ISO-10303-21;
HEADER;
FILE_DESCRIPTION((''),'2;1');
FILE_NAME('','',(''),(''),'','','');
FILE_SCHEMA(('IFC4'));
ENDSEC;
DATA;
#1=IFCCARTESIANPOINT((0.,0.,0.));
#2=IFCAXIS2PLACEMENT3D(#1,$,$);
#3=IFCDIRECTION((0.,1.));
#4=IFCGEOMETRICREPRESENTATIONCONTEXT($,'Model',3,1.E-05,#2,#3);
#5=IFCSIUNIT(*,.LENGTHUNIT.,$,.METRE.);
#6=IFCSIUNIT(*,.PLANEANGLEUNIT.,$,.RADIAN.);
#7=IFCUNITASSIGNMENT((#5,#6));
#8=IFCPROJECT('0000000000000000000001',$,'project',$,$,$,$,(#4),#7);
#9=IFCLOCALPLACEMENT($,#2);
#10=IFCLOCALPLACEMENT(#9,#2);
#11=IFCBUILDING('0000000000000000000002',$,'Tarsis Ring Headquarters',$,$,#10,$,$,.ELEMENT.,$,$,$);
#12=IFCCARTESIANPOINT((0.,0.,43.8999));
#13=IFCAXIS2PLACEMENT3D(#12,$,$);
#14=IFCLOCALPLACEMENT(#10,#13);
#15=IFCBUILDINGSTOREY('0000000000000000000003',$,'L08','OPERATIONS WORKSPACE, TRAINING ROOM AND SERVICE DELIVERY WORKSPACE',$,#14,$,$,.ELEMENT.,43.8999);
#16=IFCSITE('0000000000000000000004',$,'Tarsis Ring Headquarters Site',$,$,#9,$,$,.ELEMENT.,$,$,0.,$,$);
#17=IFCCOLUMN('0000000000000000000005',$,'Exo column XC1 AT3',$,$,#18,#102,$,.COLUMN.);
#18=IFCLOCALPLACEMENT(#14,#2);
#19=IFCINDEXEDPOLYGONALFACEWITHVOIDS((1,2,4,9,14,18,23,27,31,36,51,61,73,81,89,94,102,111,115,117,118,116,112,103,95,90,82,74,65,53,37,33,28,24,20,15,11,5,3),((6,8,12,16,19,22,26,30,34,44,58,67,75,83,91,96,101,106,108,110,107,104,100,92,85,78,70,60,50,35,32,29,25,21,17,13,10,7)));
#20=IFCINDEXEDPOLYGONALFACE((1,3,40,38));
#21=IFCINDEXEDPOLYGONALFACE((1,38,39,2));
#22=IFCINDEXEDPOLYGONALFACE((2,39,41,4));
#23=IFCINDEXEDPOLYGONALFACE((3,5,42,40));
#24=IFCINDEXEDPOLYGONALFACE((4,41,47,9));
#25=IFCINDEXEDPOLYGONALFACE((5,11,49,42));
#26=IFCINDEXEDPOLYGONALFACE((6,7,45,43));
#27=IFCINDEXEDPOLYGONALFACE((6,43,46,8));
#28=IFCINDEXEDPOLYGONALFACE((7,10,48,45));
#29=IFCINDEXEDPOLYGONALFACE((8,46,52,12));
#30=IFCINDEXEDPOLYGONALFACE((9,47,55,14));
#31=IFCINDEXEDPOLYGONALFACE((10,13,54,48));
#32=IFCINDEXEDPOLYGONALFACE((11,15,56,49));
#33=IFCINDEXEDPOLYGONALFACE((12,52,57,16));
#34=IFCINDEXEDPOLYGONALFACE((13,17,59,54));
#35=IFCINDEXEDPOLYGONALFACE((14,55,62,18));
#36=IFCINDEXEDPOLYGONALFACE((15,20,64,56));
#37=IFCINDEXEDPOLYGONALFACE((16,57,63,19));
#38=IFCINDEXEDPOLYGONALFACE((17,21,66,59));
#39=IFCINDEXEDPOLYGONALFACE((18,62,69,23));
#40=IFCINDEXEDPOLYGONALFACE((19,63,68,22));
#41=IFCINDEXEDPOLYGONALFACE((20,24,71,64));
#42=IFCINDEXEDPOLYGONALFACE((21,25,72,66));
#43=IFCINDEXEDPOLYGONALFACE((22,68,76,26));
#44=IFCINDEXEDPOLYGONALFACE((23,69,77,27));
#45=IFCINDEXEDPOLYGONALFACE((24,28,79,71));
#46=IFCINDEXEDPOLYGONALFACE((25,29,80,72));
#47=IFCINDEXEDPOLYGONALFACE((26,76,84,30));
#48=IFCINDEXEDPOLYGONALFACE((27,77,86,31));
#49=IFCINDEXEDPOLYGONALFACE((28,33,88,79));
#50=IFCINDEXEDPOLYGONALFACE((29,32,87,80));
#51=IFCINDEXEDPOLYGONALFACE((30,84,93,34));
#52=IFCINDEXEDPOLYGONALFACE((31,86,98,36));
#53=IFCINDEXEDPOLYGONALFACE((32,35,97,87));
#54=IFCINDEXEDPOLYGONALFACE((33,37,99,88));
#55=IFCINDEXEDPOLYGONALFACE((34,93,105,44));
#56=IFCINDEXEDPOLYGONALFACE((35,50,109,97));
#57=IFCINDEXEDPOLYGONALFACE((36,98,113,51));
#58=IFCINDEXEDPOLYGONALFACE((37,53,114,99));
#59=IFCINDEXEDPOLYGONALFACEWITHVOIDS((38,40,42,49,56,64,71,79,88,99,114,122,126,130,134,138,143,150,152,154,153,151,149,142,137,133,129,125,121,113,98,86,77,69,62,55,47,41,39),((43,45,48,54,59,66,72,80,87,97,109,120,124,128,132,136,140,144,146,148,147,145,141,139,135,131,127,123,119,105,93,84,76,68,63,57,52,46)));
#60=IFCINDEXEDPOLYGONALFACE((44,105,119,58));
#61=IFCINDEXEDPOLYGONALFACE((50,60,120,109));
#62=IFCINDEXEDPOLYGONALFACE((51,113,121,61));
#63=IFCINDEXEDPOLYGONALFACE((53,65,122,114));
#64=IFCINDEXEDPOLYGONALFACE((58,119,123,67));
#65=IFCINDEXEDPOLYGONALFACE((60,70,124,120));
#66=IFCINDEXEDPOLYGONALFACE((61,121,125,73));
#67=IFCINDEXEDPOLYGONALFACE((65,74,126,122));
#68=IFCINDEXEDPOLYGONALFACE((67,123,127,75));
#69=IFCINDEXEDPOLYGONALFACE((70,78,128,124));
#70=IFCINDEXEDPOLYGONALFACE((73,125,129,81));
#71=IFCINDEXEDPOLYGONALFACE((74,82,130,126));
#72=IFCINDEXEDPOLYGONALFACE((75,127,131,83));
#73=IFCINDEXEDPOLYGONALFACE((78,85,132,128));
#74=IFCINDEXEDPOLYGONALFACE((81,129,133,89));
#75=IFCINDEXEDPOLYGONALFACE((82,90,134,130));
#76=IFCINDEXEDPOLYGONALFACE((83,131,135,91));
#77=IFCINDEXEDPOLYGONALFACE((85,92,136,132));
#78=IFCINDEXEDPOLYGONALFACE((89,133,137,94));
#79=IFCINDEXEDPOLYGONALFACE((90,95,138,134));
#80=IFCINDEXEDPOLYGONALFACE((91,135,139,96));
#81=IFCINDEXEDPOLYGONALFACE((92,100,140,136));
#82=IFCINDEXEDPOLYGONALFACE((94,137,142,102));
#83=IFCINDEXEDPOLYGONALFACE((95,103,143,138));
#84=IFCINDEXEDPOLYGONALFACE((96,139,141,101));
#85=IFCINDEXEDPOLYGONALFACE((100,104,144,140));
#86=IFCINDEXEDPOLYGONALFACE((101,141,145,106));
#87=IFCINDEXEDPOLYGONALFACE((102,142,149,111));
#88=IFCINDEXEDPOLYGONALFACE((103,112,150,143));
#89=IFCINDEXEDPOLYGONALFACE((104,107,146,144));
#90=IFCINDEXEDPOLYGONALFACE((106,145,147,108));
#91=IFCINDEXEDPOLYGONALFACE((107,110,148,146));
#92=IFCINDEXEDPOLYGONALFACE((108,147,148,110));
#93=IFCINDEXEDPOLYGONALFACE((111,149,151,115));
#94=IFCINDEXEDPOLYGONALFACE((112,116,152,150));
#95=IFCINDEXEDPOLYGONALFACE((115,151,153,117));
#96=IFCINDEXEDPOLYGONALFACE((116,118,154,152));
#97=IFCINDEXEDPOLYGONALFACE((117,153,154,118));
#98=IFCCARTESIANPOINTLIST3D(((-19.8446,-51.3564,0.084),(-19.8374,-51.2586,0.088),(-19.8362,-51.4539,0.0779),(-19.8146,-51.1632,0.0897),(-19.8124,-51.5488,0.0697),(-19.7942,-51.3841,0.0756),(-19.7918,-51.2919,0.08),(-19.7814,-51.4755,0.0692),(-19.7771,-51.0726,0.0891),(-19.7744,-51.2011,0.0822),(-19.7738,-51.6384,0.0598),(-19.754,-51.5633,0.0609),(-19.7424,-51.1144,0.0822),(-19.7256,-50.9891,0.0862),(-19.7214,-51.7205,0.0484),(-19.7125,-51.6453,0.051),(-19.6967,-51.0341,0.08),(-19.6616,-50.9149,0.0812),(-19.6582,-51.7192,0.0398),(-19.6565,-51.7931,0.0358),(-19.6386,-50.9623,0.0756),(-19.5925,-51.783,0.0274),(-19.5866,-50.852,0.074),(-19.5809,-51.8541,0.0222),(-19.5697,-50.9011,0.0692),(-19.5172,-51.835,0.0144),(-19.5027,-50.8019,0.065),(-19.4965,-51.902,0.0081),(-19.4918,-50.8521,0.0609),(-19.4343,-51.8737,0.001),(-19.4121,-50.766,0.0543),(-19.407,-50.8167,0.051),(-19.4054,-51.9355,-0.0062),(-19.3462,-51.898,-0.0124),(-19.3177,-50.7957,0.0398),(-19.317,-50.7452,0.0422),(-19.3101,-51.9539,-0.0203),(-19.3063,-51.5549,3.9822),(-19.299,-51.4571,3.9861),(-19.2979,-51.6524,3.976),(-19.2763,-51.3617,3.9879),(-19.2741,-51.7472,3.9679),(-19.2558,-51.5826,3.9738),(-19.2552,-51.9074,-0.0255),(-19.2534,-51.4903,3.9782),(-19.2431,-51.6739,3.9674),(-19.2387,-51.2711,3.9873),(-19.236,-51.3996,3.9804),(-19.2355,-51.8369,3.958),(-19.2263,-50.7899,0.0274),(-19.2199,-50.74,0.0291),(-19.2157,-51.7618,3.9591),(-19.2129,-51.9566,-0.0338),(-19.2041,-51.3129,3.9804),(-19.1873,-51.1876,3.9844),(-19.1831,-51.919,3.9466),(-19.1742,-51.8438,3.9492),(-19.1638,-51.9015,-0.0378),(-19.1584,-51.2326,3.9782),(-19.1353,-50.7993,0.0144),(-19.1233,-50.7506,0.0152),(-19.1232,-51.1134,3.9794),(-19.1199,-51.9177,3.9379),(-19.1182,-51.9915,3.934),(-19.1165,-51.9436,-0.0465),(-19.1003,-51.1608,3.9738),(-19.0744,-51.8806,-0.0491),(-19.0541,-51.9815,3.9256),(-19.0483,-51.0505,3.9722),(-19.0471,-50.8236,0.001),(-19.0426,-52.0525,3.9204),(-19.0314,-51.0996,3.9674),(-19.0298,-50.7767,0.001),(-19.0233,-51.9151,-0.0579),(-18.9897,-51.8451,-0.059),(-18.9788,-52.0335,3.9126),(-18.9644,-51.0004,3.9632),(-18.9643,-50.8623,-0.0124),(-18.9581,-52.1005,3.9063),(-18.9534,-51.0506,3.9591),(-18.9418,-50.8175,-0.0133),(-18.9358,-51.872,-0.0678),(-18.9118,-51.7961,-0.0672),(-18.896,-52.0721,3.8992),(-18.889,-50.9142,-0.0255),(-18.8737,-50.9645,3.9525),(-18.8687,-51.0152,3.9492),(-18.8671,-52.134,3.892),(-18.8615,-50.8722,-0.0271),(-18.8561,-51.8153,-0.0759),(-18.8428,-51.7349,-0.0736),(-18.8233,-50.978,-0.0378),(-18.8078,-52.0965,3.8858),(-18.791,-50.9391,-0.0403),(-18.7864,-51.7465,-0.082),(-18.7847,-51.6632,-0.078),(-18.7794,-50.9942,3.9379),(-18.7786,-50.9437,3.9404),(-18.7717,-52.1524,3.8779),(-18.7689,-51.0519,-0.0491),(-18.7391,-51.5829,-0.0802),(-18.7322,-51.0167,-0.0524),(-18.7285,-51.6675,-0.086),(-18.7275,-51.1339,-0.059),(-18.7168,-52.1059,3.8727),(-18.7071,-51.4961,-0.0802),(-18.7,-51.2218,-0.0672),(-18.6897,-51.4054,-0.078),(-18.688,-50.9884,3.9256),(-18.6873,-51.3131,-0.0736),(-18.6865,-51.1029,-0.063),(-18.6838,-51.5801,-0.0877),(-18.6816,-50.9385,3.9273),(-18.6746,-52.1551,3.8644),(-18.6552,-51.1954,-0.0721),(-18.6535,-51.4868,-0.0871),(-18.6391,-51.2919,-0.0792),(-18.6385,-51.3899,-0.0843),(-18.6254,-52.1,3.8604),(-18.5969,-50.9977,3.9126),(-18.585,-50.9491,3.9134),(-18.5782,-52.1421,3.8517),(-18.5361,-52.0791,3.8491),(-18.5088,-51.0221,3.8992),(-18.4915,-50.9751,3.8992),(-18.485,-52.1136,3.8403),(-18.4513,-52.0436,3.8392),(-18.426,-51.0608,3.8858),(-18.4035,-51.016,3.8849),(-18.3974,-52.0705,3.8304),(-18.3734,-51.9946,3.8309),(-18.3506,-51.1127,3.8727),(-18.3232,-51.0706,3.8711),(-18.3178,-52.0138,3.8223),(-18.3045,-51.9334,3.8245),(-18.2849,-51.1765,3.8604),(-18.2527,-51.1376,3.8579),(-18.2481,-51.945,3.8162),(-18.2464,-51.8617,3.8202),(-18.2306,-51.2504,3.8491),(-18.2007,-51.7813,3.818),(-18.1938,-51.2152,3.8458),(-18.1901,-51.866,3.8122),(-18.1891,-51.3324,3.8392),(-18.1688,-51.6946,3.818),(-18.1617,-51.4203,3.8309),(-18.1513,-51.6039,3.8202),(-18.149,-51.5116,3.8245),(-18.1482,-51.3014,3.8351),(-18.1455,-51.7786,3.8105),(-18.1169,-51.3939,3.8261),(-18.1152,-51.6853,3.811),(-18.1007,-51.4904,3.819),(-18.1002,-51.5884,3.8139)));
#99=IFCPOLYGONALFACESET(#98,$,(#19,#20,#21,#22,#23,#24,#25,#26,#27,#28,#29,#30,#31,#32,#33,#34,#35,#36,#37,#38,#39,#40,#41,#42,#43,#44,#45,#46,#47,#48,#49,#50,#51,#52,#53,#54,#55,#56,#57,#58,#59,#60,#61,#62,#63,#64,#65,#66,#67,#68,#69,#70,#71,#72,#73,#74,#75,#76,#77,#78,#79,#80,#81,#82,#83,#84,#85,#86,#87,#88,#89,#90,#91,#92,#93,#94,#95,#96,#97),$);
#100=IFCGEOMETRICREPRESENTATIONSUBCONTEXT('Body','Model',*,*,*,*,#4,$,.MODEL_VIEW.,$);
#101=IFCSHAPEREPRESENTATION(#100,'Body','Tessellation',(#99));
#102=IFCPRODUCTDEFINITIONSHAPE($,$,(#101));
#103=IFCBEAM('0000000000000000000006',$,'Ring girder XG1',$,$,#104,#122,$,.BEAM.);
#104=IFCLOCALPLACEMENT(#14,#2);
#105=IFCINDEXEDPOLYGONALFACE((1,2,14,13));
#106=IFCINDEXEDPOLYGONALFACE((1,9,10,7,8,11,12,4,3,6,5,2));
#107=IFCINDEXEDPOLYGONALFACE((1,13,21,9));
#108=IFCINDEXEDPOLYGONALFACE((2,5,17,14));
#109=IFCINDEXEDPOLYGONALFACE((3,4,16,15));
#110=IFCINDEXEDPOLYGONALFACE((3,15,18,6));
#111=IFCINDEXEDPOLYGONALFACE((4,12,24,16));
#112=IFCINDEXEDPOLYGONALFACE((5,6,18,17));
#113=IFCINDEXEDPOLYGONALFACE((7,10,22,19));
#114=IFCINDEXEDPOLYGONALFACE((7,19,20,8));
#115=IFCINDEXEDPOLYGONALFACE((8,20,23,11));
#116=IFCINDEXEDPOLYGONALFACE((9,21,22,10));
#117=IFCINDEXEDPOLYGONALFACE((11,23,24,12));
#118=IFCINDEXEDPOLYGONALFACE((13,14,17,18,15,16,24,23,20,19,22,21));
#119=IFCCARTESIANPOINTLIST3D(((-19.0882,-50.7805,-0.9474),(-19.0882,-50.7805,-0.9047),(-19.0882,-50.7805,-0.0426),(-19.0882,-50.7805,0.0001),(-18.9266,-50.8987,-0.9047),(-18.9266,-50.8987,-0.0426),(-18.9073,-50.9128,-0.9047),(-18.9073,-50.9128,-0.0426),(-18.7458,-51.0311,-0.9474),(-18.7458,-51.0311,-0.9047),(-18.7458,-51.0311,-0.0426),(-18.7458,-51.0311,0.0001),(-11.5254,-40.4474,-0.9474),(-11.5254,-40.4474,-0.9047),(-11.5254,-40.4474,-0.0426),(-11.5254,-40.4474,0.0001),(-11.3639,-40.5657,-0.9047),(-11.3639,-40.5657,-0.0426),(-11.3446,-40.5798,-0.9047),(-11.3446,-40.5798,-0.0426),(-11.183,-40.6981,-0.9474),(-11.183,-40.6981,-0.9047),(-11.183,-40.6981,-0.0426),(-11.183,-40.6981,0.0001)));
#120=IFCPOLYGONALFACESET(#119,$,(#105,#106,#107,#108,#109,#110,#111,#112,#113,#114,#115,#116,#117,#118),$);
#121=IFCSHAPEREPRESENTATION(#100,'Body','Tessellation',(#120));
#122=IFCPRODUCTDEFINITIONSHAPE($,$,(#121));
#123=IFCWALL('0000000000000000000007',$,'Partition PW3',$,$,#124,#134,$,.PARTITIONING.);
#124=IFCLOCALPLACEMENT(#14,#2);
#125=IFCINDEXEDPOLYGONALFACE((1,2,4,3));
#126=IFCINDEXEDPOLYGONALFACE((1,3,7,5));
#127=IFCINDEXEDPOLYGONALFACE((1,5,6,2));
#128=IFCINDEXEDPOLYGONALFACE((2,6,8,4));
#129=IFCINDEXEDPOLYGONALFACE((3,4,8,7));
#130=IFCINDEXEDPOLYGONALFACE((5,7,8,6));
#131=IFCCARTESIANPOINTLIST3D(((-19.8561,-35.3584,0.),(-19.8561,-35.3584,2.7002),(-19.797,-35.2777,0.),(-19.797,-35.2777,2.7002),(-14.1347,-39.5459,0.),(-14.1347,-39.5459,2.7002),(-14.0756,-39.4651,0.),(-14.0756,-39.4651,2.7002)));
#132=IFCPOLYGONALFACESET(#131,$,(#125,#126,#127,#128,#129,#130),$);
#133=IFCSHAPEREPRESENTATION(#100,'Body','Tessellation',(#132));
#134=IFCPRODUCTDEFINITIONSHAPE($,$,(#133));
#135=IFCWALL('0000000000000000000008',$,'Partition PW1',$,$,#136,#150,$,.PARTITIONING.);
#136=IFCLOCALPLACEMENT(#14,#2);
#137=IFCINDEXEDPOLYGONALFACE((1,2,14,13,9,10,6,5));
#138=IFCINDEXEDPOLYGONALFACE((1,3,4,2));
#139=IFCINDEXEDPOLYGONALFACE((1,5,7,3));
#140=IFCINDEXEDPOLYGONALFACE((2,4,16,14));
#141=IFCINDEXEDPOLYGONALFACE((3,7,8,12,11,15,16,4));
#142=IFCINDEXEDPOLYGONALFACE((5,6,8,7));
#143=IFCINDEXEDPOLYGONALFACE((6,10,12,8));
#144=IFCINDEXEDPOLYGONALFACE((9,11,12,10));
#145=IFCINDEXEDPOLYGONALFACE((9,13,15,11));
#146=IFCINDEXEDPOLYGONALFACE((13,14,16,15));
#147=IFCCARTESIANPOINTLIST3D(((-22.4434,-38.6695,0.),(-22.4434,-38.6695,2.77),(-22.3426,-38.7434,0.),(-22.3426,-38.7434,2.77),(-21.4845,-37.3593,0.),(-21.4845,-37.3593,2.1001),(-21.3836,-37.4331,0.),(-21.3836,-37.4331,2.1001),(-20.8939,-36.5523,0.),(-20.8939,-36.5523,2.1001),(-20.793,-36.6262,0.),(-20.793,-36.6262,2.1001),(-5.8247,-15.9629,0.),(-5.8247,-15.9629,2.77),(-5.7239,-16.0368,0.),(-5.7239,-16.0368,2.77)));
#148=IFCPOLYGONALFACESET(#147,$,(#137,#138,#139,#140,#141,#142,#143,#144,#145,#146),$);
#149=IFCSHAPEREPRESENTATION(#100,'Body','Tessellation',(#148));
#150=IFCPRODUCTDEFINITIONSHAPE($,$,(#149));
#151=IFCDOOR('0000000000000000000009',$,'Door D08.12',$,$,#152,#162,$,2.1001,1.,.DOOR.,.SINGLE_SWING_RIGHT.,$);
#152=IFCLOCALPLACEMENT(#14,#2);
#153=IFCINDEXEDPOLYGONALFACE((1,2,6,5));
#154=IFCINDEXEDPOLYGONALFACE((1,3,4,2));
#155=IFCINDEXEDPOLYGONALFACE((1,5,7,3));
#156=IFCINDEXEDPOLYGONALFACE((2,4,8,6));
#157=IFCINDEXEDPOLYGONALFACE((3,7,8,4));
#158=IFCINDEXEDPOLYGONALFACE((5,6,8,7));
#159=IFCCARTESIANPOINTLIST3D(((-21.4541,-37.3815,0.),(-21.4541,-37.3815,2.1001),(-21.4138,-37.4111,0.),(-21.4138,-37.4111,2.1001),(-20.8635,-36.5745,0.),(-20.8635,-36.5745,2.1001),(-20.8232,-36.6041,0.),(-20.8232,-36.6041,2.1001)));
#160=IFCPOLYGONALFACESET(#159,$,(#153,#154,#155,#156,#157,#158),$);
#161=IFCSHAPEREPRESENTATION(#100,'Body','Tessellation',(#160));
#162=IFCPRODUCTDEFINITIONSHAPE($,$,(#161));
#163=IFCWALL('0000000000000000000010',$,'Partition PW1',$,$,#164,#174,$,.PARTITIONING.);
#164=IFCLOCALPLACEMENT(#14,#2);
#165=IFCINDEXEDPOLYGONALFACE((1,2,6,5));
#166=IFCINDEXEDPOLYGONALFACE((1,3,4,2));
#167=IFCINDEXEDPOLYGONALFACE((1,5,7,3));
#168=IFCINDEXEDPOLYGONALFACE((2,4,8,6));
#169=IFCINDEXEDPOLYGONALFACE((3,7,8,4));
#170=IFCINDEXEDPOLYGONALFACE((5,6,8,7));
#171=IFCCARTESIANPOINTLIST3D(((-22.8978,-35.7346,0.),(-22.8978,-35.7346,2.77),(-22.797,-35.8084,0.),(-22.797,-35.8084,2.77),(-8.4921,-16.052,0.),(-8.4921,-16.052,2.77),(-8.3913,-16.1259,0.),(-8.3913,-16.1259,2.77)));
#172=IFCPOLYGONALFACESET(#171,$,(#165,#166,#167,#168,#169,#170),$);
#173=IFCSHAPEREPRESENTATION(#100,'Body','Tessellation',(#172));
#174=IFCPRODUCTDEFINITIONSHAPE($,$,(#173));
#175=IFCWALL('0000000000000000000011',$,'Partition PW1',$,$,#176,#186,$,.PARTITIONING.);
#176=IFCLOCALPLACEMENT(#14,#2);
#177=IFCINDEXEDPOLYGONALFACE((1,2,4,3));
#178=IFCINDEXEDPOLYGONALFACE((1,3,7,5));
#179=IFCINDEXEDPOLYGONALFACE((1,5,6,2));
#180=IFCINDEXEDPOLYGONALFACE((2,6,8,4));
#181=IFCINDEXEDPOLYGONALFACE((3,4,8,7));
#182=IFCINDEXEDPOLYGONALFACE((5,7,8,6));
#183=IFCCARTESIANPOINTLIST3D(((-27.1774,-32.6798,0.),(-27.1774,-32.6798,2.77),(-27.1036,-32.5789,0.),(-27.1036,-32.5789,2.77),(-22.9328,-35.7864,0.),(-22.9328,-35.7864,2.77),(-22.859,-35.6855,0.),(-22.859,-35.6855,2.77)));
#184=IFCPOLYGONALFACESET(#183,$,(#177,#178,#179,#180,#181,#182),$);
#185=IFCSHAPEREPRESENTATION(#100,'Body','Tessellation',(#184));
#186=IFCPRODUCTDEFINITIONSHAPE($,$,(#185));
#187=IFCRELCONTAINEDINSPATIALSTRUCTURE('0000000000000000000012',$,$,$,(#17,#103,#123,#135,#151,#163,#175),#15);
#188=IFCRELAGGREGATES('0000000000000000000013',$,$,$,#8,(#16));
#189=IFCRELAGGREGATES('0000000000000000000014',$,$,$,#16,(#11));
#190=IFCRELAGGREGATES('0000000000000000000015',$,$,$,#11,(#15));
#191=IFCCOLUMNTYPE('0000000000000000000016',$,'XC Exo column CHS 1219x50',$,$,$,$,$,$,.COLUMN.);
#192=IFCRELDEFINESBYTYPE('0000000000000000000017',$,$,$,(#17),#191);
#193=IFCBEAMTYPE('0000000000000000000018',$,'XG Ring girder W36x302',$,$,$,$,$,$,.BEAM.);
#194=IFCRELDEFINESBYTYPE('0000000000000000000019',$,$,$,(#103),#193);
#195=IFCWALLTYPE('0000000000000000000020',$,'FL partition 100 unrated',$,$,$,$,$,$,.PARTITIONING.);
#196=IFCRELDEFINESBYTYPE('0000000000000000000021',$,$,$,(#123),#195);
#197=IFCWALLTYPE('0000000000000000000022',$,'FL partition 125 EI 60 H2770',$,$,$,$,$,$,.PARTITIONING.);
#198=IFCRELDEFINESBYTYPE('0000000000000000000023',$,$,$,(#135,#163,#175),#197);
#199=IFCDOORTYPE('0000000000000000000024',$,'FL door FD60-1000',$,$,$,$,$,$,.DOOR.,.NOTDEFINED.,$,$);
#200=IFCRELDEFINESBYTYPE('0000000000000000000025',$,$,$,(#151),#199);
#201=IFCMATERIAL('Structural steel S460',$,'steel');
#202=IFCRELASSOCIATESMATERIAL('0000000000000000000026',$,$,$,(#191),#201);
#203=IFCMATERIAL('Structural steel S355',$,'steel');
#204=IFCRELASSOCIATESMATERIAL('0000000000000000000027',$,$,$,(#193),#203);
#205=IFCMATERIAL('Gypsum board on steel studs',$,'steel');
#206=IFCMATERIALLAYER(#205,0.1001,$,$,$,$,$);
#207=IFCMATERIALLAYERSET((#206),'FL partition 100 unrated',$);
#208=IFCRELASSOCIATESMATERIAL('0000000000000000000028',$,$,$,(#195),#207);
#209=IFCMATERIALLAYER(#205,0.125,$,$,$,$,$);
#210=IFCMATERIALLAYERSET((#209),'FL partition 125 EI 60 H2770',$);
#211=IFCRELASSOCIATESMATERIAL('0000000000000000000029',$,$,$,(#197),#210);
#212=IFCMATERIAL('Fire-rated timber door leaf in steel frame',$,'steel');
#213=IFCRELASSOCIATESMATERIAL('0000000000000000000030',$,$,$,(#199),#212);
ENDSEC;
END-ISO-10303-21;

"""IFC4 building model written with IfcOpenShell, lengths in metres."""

from ifc_helpers import new_model, si_unit, direction, frame, frame_2d, origin, origin_2d, place, context, subcontext, project, spatial, rectangle, hollow_circle, i_section, extrude, material, layer, layer_set, material_profile, profile_set, type_object, element, fill, save


model = new_model("IFC4")

# Units and contexts
model_context = context("Model", 3, precision=1e-05, world=origin(), true_north=direction((0.0, 1.0)))
body_context = subcontext(model_context, "Body", "Model", "MODEL_VIEW")
ifc_project = project(units=[si_unit("LENGTHUNIT", "METRE"), si_unit("PLANEANGLEUNIT", "RADIAN")], contexts=[model_context])

# Site, building, storey
site_placement = place(None, origin())
site = spatial("IfcSite", under=ifc_project, at=site_placement, Name="Tarsis Ring Headquarters Site", CompositionType="ELEMENT", RefElevation=0.0)
building_placement = place(site_placement, origin())
building = spatial("IfcBuilding", under=site, at=building_placement, Name="Tarsis Ring Headquarters", CompositionType="ELEMENT")
storey_placement = place(building_placement, frame((0.0, 0.0, 43.8999)))
storey = spatial("IfcBuildingStorey", under=building, at=storey_placement, Name="L08", Description="OPERATIONS WORKSPACE, TRAINING ROOM AND SERVICE DELIVERY WORKSPACE", CompositionType="ELEMENT", Elevation=43.8999)

# Column
ifc_material_1 = material(Name="Structural steel S460", Category="steel")
ifc_material_profile_1 = material_profile(ifc_material_1, hollow_circle(Radius=0.6096, WallThickness=0.05, at=origin_2d()), Name="CHS 1219x50")
ifc_profile_set_1 = profile_set([ifc_material_profile_1], Name="Structural steel S460")
column_type = type_object("IfcColumnType", Name="XC Exo column CHS 1219x50", PredefinedType="COLUMN", material=ifc_profile_set_1)
column_placement = place(storey_placement, frame((-19.2407, -51.3486, 0.001), z_axis=(0.136625, -0.050375, 0.989341), x_axis=(0.345942, 0.938256, 0.0)))
element("IfcColumn", 1, at=column_placement, inside=storey, type_object=column_type, Name="Exo column XC1 AT3", PredefinedType="COLUMN", context=body_context, shape_type="SweptSolid", body=[
    extrude(hollow_circle(Radius=0.6096, WallThickness=0.05, at=origin_2d()), origin(), (0.0, 0.0, 1.0), 3.9402),
])

# Beam
ifc_material_2 = material(Name="Structural steel S355", Category="steel")
ifc_material_profile_2 = material_profile(ifc_material_2, i_section(OverallWidth=0.4243, OverallDepth=0.9475, WebThickness=0.0239, FlangeThickness=0.0427, at=origin_2d()), Name="W36x302")
ifc_profile_set_2 = profile_set([ifc_material_profile_2], Name="Structural steel S355")
beam_type = type_object("IfcBeamType", Name="XG Ring girder W36x302", PredefinedType="BEAM", material=ifc_profile_set_2)
beam_placement = place(storey_placement, frame((-18.917, -50.9058, -0.4736), z_axis=(0.590612, 0.806956, 0.0), x_axis=(-0.806956, 0.590612, 0.0)))
element("IfcBeam", 2, at=beam_placement, inside=storey, type_object=beam_type, Name="Ring girder XG1", PredefinedType="BEAM", context=body_context, shape_type="SweptSolid", body=[
    extrude(i_section(OverallWidth=0.4243, OverallDepth=0.9475, WebThickness=0.0239, FlangeThickness=0.0427, at=origin_2d()), origin(), (0.0, 0.0, 1.0), 12.8049),
])

# Wall
ifc_material_3 = material(Name="Gypsum board on steel studs", Category="steel")
ifc_layer_1 = layer(ifc_material_3, 0.1001)
ifc_layer_set_1 = layer_set([ifc_layer_1], Name="FL partition 100 unrated")
wall_type_1 = type_object("IfcWallType", Name="FL partition 100 unrated", PredefinedType="PARTITIONING", material=ifc_layer_set_1)
wall_1_placement = place(storey_placement, frame((-19.8264, -35.3181, 0.0), z_axis=(0.0, 0.0, 1.0), x_axis=(0.806957, -0.59061, 0.0)))
element("IfcWall", 3, at=wall_1_placement, inside=storey, type_object=wall_type_1, Name="Partition PW3", PredefinedType="PARTITIONING", context=body_context, shape_type="SweptSolid", body=[
    extrude(rectangle(XDim=7.0901, YDim=0.1001, at=frame_2d((3.5449, 0.0))), origin(), (0.0, 0.0, 1.0), 2.7002),
])

# Wall, opening, door
ifc_layer_2 = layer(ifc_material_3, 0.125)
ifc_layer_set_2 = layer_set([ifc_layer_2], Name="FL partition 125 EI 60 H2770")
wall_type_2 = type_object("IfcWallType", Name="FL partition 125 EI 60 H2770", PredefinedType="PARTITIONING", material=ifc_layer_set_2)
wall_2_placement = place(storey_placement, frame((-22.3931, -38.7065, 0.0), z_axis=(0.0, 0.0, 1.0), x_axis=(0.590605, 0.806961, 0.0)))
wall_2 = element("IfcWall", 4, at=wall_2_placement, inside=storey, type_object=wall_type_2, Name="Partition PW1", PredefinedType="PARTITIONING", context=body_context, shape_type="SweptSolid", body=[
    extrude(rectangle(XDim=28.1384, YDim=0.125, at=frame_2d((14.0693, 0.0))), origin(), (0.0, 0.0, 1.0), 2.77),
])
opening_1_placement = place(wall_2_placement, frame((1.6238, 0.0, 0.0)))
opening_1 = element("IfcOpeningElement", 5, at=opening_1_placement, cuts=wall_2, PredefinedType="OPENING", context=body_context, shape_type="SweptSolid", body=[
    extrude(rectangle(XDim=1.0, YDim=2.1001, at=frame_2d((0.5, 1.05))), frame((0.0, 0.0725, 0.0), z_axis=(0.0, -1.0, 0.0), x_axis=(1.0, 0.0, 0.0)), (0.0, 0.0, 1.0), 0.145),
])
ifc_material_4 = material(Name="Fire-rated timber door leaf in steel frame", Category="steel")
door_type = type_object("IfcDoorType", Name="FL door FD60-1000", OperationType="NOTDEFINED", PredefinedType="DOOR", material=ifc_material_4)
door_placement = place(opening_1_placement, origin())
door = element("IfcDoor", 6, at=door_placement, inside=storey, type_object=door_type, Name="Door D08.12", OperationType="SINGLE_SWING_RIGHT", OverallHeight=2.1001, OverallWidth=1.0, PredefinedType="DOOR", context=body_context, shape_type="SweptSolid", body=[
    extrude(rectangle(XDim=1.0, YDim=2.1001, at=frame_2d((0.5, 1.05))), frame((0.0, 0.0249, 0.0), z_axis=(0.0, -1.0, 0.0), x_axis=(1.0, 0.0, 0.0)), (0.0, 0.0, 1.0), 0.05),
])
fill(opening_1, door)

# Walls
wall_3_placement = place(storey_placement, frame((-22.8474, -35.7715, 0.0), z_axis=(0.0, 0.0, 1.0), x_axis=(0.590613, 0.806955, 0.0)))
element("IfcWall", 7, at=wall_3_placement, inside=storey, type_object=wall_type_2, Name="Partition PW1", PredefinedType="PARTITIONING", context=body_context, shape_type="SweptSolid", body=[
    extrude(rectangle(XDim=24.3911, YDim=0.125, at=frame_2d((12.1956, 0.0))), origin(), (0.0, 0.0, 1.0), 2.77),
])
wall_4_placement = place(storey_placement, frame((-27.1404, -32.6294, 0.0), z_axis=(0.0, 0.0, 1.0), x_axis=(0.806952, -0.590617, 0.0)))
element("IfcWall", 8, at=wall_4_placement, inside=storey, type_object=wall_type_2, Name="Partition PW1", PredefinedType="PARTITIONING", context=body_context, shape_type="SweptSolid", body=[
    extrude(rectangle(XDim=5.26, YDim=0.125, at=frame_2d((2.6299, 0.0))), origin(), (0.0, 0.0, 1.0), 2.77),
])

save(model, "model.ifc")
